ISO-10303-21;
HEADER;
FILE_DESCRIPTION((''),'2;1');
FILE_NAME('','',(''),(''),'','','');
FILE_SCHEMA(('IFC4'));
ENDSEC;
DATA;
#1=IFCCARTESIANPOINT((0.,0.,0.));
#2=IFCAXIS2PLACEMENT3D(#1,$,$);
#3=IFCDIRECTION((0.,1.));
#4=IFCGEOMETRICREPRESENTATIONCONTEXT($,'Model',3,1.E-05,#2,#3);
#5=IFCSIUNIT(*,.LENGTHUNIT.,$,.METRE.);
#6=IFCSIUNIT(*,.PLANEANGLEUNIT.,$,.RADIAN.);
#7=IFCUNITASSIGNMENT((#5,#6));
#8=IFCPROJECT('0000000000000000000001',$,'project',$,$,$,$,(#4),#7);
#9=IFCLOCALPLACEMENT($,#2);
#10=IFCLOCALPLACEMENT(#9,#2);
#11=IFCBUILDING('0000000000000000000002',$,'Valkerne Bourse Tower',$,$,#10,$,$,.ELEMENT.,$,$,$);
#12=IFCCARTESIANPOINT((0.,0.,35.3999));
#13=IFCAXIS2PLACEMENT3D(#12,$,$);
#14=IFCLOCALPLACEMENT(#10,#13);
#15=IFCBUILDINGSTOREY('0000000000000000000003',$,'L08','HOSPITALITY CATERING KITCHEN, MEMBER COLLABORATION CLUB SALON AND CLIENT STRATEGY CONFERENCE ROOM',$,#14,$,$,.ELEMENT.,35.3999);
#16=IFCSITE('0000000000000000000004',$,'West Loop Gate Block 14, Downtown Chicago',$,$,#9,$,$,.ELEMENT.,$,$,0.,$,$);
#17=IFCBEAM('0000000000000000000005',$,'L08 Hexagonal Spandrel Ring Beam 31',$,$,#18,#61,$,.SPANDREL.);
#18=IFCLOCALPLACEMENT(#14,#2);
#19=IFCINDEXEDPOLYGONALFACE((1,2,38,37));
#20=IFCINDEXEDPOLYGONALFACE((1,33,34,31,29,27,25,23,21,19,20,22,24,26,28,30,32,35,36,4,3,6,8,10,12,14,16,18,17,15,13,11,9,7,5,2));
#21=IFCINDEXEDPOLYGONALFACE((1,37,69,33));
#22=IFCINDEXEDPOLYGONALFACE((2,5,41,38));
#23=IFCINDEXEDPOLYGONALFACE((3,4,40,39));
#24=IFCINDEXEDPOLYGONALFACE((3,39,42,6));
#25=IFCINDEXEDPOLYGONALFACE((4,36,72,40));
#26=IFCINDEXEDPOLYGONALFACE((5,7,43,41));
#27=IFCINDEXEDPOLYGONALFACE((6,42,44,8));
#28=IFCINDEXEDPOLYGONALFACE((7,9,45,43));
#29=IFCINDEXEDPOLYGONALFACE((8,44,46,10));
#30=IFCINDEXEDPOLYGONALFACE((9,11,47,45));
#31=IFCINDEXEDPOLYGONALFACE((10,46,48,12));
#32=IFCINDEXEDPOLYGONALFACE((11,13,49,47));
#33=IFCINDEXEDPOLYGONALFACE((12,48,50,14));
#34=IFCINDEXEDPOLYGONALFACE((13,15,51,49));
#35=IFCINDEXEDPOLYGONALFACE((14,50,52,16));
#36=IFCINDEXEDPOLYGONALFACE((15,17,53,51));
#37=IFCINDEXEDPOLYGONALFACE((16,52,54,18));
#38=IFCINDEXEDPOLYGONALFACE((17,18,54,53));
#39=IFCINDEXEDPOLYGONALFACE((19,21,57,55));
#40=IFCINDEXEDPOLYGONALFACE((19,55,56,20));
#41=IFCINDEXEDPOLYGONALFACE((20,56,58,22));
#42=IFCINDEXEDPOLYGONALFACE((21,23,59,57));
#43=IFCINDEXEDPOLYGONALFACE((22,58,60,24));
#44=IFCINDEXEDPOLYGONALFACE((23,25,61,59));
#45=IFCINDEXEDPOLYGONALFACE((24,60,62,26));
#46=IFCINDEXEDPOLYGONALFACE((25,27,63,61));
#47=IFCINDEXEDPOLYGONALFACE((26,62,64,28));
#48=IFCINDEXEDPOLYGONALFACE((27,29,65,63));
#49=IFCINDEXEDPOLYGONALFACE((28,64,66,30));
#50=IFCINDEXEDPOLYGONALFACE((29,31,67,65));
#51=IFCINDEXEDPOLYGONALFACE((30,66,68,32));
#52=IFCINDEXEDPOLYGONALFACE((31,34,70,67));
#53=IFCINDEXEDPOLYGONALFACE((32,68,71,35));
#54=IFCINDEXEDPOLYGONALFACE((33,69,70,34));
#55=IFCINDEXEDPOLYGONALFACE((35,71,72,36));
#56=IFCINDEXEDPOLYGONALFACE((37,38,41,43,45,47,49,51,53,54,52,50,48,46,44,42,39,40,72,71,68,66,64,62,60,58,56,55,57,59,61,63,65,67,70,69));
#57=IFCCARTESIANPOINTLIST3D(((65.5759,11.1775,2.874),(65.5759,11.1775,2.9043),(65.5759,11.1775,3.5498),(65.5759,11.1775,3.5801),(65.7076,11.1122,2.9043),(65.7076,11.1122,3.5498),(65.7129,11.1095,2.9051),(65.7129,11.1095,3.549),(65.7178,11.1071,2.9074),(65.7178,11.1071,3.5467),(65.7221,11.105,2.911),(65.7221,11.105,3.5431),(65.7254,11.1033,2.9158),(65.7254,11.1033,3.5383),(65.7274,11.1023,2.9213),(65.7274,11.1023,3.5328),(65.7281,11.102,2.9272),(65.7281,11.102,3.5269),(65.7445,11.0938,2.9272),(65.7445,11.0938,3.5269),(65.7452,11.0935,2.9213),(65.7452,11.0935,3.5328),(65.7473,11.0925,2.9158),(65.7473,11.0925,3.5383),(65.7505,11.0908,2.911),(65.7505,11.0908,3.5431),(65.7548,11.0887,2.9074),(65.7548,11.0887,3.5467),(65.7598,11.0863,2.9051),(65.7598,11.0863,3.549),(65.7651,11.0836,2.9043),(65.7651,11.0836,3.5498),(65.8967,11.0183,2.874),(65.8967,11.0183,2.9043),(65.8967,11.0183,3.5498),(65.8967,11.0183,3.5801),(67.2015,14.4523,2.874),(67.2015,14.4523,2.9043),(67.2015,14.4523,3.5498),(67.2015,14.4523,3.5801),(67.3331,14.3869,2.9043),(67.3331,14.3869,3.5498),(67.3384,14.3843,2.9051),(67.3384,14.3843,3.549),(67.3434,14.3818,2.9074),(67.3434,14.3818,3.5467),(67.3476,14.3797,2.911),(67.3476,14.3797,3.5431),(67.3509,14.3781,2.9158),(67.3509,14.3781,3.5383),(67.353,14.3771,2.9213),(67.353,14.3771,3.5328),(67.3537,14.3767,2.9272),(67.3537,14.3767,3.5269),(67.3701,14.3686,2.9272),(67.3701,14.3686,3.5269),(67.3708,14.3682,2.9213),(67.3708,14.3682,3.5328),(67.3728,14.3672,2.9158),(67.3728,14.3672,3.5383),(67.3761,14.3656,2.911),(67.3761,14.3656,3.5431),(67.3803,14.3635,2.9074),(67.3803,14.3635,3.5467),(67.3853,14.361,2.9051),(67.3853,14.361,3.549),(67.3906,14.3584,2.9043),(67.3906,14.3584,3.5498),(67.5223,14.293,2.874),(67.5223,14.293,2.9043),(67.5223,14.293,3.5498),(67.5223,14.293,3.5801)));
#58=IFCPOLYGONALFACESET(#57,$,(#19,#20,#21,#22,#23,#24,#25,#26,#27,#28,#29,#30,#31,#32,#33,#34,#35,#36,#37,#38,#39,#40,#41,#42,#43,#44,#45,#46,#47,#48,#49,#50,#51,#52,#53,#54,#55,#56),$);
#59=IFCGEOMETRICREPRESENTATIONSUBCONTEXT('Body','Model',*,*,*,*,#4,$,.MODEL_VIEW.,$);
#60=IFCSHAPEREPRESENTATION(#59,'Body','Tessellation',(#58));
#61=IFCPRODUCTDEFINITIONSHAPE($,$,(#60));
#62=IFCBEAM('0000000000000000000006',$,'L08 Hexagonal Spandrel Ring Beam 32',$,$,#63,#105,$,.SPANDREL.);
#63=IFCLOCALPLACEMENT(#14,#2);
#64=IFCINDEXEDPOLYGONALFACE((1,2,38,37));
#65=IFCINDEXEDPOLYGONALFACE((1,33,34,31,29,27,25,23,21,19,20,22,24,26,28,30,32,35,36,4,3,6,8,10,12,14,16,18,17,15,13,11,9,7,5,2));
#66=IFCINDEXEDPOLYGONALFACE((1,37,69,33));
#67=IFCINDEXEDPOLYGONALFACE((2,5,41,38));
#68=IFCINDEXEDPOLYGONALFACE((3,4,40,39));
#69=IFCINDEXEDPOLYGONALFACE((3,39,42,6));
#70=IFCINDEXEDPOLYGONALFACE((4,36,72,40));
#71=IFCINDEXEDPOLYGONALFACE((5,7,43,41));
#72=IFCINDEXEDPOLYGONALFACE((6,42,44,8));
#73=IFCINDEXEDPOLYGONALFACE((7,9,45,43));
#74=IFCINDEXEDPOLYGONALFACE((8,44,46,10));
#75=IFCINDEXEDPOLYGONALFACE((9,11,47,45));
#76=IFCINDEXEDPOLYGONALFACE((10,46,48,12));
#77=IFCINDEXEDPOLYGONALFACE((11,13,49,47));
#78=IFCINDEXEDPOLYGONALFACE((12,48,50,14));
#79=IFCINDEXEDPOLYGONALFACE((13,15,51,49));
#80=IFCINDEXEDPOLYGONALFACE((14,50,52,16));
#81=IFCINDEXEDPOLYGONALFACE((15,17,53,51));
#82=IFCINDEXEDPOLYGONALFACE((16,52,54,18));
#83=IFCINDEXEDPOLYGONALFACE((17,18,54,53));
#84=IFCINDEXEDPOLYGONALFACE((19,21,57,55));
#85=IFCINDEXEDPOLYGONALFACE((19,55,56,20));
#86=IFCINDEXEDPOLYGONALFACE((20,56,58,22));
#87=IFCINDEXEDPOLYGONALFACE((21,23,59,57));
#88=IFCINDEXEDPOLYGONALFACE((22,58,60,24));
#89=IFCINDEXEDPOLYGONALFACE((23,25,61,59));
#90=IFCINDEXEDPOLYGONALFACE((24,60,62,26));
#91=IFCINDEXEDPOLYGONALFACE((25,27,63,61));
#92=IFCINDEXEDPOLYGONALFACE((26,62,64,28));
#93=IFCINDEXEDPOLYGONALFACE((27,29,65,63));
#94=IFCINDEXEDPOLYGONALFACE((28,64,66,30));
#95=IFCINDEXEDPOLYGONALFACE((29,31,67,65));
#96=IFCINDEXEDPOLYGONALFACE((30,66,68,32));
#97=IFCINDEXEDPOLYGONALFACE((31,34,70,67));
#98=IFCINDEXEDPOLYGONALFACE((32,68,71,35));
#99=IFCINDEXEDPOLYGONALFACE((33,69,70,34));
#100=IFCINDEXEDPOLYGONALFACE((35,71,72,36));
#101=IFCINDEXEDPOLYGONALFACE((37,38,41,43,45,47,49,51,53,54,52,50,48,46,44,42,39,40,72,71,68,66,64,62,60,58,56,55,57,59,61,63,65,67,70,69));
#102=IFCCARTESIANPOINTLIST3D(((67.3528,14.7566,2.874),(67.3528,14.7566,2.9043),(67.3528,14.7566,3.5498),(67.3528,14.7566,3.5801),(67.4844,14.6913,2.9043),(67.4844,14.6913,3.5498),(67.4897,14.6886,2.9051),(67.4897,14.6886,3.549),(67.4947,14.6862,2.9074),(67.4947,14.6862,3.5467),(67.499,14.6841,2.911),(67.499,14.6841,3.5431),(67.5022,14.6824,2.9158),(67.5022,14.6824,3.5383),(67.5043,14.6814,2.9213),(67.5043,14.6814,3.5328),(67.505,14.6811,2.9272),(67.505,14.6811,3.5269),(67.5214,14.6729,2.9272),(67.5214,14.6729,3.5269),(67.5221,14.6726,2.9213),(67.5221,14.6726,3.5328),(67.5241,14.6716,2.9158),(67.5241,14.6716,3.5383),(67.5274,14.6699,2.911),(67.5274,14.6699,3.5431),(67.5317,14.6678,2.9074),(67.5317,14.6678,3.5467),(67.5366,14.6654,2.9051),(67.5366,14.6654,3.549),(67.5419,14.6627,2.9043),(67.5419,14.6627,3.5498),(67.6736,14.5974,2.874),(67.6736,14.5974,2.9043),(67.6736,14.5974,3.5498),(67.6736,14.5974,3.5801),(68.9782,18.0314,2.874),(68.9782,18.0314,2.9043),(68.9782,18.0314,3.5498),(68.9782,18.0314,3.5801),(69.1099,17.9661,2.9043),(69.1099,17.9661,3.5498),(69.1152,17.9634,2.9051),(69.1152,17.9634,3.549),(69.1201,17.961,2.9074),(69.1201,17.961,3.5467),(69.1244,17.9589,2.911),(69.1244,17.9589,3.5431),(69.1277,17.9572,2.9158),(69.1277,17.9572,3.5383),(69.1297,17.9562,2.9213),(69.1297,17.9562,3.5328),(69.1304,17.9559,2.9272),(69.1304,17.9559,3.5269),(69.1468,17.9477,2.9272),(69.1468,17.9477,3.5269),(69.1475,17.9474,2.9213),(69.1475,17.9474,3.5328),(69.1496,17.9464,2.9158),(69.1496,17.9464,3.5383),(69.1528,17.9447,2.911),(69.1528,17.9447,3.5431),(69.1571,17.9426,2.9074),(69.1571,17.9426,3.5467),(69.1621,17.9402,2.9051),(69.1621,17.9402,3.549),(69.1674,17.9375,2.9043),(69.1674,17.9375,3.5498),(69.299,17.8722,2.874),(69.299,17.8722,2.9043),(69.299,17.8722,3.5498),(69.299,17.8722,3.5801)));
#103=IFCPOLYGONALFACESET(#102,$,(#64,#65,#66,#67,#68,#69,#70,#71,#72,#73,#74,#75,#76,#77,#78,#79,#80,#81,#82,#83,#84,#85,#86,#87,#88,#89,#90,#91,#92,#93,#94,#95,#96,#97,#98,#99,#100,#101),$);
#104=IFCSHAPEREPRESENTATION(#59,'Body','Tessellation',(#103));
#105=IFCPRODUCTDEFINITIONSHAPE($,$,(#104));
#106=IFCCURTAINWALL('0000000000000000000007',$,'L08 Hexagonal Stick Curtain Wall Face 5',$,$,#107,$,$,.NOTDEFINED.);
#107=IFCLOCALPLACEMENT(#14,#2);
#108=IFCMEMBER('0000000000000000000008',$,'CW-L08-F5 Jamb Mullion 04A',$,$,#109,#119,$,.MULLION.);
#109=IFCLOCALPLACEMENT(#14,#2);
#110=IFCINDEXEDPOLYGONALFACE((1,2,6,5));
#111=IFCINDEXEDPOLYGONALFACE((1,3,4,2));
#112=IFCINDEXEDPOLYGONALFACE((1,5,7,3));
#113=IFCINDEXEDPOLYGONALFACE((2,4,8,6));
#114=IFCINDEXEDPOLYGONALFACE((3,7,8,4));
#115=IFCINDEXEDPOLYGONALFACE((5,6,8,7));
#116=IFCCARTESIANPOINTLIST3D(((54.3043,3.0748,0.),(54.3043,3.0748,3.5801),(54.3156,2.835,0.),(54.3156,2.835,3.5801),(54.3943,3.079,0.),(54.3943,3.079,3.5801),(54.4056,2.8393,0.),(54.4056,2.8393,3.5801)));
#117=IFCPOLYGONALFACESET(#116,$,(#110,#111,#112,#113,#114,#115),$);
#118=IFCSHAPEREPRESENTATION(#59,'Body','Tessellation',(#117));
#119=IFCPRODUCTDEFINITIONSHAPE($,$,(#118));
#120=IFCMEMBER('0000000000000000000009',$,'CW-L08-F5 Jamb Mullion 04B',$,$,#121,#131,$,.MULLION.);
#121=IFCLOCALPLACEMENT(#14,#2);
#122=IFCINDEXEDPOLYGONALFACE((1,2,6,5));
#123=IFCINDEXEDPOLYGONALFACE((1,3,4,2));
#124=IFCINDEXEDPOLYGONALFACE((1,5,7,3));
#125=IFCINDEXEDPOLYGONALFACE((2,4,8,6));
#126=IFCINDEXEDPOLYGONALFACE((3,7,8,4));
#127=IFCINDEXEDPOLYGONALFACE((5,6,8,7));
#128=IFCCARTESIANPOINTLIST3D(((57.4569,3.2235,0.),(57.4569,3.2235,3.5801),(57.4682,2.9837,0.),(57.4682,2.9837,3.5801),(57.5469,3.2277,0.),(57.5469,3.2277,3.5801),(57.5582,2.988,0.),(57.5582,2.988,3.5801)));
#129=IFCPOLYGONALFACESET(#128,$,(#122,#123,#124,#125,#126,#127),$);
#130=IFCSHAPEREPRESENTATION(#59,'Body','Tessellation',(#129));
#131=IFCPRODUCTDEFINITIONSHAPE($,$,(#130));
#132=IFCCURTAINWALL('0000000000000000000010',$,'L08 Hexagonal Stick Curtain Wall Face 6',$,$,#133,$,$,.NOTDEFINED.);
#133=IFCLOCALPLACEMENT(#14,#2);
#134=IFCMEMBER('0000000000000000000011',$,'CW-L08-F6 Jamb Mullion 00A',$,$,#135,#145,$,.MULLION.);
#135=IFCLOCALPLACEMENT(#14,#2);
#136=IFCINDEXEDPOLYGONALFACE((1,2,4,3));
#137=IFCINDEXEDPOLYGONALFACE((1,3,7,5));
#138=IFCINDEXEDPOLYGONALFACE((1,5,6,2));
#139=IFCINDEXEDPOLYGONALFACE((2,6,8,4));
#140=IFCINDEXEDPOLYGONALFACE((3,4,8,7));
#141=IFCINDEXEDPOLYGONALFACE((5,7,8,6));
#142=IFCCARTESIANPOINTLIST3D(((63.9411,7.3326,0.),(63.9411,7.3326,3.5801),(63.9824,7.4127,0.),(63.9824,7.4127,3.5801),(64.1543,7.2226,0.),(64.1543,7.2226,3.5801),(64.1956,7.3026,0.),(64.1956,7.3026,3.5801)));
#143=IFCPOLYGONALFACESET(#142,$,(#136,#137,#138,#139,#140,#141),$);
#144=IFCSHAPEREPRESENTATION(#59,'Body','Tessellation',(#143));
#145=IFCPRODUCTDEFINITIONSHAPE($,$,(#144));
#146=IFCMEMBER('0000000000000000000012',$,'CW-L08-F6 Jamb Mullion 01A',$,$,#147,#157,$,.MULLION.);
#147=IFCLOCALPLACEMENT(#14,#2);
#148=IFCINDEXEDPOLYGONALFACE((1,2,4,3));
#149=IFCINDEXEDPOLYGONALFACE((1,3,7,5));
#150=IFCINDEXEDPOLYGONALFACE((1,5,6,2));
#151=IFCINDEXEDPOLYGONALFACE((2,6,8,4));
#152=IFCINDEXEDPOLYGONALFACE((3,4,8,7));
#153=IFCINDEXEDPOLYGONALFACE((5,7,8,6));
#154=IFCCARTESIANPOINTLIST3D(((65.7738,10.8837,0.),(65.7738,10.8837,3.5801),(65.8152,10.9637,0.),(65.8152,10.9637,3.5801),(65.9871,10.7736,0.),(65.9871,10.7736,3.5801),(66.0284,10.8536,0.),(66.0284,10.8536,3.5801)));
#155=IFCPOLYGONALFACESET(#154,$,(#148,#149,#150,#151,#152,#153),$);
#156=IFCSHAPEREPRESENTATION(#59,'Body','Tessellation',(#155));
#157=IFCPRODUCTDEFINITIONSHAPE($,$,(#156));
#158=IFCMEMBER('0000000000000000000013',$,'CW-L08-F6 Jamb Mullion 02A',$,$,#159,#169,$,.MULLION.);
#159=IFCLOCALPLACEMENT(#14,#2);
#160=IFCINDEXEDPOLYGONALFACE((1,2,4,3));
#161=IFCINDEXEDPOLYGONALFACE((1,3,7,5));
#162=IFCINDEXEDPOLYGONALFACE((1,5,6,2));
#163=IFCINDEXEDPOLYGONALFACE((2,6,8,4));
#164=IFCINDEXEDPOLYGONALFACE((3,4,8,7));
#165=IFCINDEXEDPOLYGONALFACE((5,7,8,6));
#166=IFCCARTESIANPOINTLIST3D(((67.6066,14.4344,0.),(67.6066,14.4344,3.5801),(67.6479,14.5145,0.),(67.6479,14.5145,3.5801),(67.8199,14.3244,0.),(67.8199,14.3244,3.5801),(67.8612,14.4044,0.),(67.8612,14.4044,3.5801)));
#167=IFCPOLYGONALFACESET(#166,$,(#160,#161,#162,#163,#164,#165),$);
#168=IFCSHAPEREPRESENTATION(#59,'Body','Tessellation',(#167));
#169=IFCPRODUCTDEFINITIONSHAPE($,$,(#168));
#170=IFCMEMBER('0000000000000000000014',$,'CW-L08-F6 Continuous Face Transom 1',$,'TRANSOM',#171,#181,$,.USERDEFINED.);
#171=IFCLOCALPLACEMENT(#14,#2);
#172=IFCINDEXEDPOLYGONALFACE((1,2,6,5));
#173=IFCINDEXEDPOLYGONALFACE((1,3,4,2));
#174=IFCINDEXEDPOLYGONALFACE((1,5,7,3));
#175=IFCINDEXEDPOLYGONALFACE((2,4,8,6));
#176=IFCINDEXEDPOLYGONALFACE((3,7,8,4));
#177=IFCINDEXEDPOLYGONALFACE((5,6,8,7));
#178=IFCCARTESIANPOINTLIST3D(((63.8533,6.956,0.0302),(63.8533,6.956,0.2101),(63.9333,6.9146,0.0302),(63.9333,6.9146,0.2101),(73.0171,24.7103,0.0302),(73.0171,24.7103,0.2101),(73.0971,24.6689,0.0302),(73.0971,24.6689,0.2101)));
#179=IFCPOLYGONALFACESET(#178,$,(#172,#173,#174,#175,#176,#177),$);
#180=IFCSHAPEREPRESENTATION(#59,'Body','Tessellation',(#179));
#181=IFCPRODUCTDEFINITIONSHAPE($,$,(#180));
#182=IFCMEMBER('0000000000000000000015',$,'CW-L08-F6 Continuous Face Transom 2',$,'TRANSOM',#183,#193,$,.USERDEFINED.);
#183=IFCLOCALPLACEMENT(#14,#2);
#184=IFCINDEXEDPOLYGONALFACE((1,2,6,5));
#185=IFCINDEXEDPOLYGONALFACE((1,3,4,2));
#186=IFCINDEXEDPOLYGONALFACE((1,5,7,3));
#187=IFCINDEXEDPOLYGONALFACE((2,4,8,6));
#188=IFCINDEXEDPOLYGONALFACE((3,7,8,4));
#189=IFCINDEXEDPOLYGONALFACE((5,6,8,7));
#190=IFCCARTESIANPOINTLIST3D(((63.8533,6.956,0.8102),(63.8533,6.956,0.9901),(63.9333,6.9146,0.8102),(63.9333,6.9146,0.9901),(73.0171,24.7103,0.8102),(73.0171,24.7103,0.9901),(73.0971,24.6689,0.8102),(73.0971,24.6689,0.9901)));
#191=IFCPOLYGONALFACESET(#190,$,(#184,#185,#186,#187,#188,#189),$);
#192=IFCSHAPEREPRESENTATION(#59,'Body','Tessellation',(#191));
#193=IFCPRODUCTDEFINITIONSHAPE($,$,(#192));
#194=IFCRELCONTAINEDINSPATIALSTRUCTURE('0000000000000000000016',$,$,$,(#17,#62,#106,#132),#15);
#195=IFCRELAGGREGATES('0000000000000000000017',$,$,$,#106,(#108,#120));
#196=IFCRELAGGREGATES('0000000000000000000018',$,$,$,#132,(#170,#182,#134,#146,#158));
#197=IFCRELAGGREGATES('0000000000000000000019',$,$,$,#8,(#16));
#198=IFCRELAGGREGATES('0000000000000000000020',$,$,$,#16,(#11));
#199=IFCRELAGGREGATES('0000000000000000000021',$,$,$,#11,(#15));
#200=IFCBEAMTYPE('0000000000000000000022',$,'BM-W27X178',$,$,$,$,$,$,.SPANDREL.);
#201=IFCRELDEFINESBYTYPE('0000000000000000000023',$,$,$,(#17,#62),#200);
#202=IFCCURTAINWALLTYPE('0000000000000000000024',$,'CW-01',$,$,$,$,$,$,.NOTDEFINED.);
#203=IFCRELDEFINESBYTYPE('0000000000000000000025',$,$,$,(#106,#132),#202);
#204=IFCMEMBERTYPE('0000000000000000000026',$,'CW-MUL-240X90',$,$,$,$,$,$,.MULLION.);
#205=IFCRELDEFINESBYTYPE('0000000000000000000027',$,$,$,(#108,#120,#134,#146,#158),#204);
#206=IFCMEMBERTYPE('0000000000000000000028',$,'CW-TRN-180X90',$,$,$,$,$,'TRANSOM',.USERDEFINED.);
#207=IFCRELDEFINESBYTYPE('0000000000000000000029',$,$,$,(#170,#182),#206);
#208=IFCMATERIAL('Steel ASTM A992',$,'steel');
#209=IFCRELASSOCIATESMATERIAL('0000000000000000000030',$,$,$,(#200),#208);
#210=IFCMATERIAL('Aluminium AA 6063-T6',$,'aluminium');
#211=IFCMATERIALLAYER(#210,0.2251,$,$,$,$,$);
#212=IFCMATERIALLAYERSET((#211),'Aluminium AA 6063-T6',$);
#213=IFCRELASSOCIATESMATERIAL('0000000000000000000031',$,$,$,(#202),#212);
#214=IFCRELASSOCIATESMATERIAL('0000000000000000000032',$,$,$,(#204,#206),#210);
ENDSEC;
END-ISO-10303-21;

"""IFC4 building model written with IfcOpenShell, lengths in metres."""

from ifc_helpers import new_model, si_unit, direction, frame, origin, origin_2d, place, context, subcontext, project, spatial, rectangle, i_section, extrude, material, layer, layer_set, material_profile, profile_set, type_object, element, aggregate, save


model = new_model("IFC4")

# Units and contexts
model_context = context("Model", 3, precision=1e-05, world=origin(), true_north=direction((0.0, 1.0)))
body_context = subcontext(model_context, "Body", "Model", "MODEL_VIEW")
ifc_project = project(units=[si_unit("LENGTHUNIT", "METRE"), si_unit("PLANEANGLEUNIT", "RADIAN")], contexts=[model_context])

# Site, building, storey
site_placement = place(None, origin())
site = spatial("IfcSite", under=ifc_project, at=site_placement, Name="West Loop Gate Block 14, Downtown Chicago", CompositionType="ELEMENT", RefElevation=0.0)
building_placement = place(site_placement, origin())
building = spatial("IfcBuilding", under=site, at=building_placement, Name="Valkerne Bourse Tower", CompositionType="ELEMENT")
storey_placement = place(building_placement, frame((0.0, 0.0, 35.3999)))
storey = spatial("IfcBuildingStorey", under=building, at=storey_placement, Name="L08", Description="HOSPITALITY CATERING KITCHEN, MEMBER COLLABORATION CLUB SALON AND CLIENT STRATEGY CONFERENCE ROOM", CompositionType="ELEMENT", Elevation=35.3999)

# Beams
ifc_material_1 = material(Name="Steel ASTM A992", Category="steel")
ifc_material_profile_1 = material_profile(ifc_material_1, i_section(OverallWidth=0.3582, OverallDepth=0.7061, WebThickness=0.0183, FlangeThickness=0.0303, FilletRadius=0.0229, at=origin_2d()), Name="W27X178")
ifc_profile_set_1 = profile_set([ifc_material_profile_1], Name="Steel ASTM A992")
beam_type = type_object("IfcBeamType", Name="BM-W27X178", PredefinedType="SPANDREL", material=ifc_profile_set_1)
for number, where, z_axis, x_axis, name in (
    (1, (65.7363, 11.0979, 3.2271), (0.444621, 0.895719, 0.0), (-0.895719, 0.444621, 0.0), "L08 Hexagonal Spandrel Ring Beam 31"),
    (2, (67.5132, 14.677, 3.2271), (0.444594, 0.895732, 0.0), (-0.895732, 0.444594, 0.0), "L08 Hexagonal Spandrel Ring Beam 32"),
):
    element("IfcBeam", number, at=place(storey_placement, frame(where, z_axis=z_axis, x_axis=x_axis)), inside=storey, type_object=beam_type, Name=name, PredefinedType="SPANDREL", context=body_context, shape_type="SweptSolid", body=[
        extrude(i_section(OverallWidth=0.3582, OverallDepth=0.7061, WebThickness=0.0183, FlangeThickness=0.0303, FilletRadius=0.0229, at=origin_2d()), origin(), (0.0, 0.0, 1.0), 3.656),
    ])

# Curtain walls, members
ifc_material_2 = material(Name="Aluminium AA 6063-T6", Category="aluminium")
ifc_layer_1 = layer(ifc_material_2, 0.2251)
ifc_layer_set_1 = layer_set([ifc_layer_1], Name="Aluminium AA 6063-T6")
curtain_wall_type = type_object("IfcCurtainWallType", Name="CW-01", PredefinedType="NOTDEFINED", material=ifc_layer_set_1)
curtain_wall_1_placement = place(storey_placement, origin())
curtain_wall_1 = element("IfcCurtainWall", 3, at=curtain_wall_1_placement, inside=storey, type_object=curtain_wall_type, Name="L08 Hexagonal Stick Curtain Wall Face 5", PredefinedType="NOTDEFINED")
ifc_material_profile_2 = material_profile(ifc_material_2, rectangle(XDim=0.0901, YDim=0.24, at=origin_2d()), Name="CWM-90X240")
ifc_profile_set_2 = profile_set([ifc_material_profile_2], Name="Aluminium AA 6063-T6")
member_type_1 = type_object("IfcMemberType", Name="CW-MUL-240X90", PredefinedType="MULLION", material=ifc_profile_set_2)
member_1_placement = place(storey_placement, frame((54.355, 2.957, 0.0), z_axis=(0.0, 0.0, 1.0), x_axis=(0.998889, 0.047122, 0.0)))
member_1 = element("IfcMember", 4, at=member_1_placement, type_object=member_type_1, Name="CW-L08-F5 Jamb Mullion 04A", PredefinedType="MULLION", context=body_context, shape_type="SweptSolid", body=[
    extrude(rectangle(XDim=0.0901, YDim=0.24, at=origin_2d()), origin(), (0.0, 0.0, 1.0), 3.5801),
])
member_2_placement = place(storey_placement, frame((57.5076, 3.1057, 0.0), z_axis=(0.0, 0.0, 1.0), x_axis=(0.998889, 0.047122, 0.0)))
member_2 = element("IfcMember", 5, at=member_2_placement, type_object=member_type_1, Name="CW-L08-F5 Jamb Mullion 04B", PredefinedType="MULLION", context=body_context, shape_type="SweptSolid", body=[
    extrude(rectangle(XDim=0.0901, YDim=0.24, at=origin_2d()), origin(), (0.0, 0.0, 1.0), 3.5801),
])
curtain_wall_2_placement = place(storey_placement, origin())
curtain_wall_2 = element("IfcCurtainWall", 6, at=curtain_wall_2_placement, inside=storey, type_object=curtain_wall_type, Name="L08 Hexagonal Stick Curtain Wall Face 6", PredefinedType="NOTDEFINED")
member_3_placement = place(storey_placement, frame((64.0684, 7.3176, 0.0), z_axis=(0.0, 0.0, 1.0), x_axis=(0.458658, 0.888613, 0.0)))
member_3 = element("IfcMember", 7, at=member_3_placement, type_object=member_type_1, Name="CW-L08-F6 Jamb Mullion 00A", PredefinedType="MULLION", context=body_context, shape_type="SweptSolid", body=[
    extrude(rectangle(XDim=0.0901, YDim=0.24, at=origin_2d()), origin(), (0.0, 0.0, 1.0), 3.5801),
])
member_4_placement = place(storey_placement, frame((65.9011, 10.8687, 0.0), z_axis=(0.0, 0.0, 1.0), x_axis=(0.458638, 0.888623, 0.0)))
member_4 = element("IfcMember", 8, at=member_4_placement, type_object=member_type_1, Name="CW-L08-F6 Jamb Mullion 01A", PredefinedType="MULLION", context=body_context, shape_type="SweptSolid", body=[
    extrude(rectangle(XDim=0.0901, YDim=0.24, at=origin_2d()), origin(), (0.0, 0.0, 1.0), 3.5801),
])
member_5_placement = place(storey_placement, frame((67.7339, 14.4194, 0.0), z_axis=(0.0, 0.0, 1.0), x_axis=(0.458658, 0.888613, 0.0)))
member_5 = element("IfcMember", 9, at=member_5_placement, type_object=member_type_1, Name="CW-L08-F6 Jamb Mullion 02A", PredefinedType="MULLION", context=body_context, shape_type="SweptSolid", body=[
    extrude(rectangle(XDim=0.0901, YDim=0.24, at=origin_2d()), origin(), (0.0, 0.0, 1.0), 3.5801),
])
ifc_material_profile_3 = material_profile(ifc_material_2, rectangle(XDim=0.0901, YDim=0.1799, at=origin_2d()), Name="CWT-90X180")
ifc_profile_set_3 = profile_set([ifc_material_profile_3], Name="Aluminium AA 6063-T6")
member_type_2 = type_object("IfcMemberType", Name="CW-TRN-180X90", ElementType="TRANSOM", PredefinedType="USERDEFINED", material=ifc_profile_set_3)
member_6_placement = place(storey_placement, frame((63.8933, 6.9353, 0.1201), z_axis=(0.458653, 0.888615, 0.0), x_axis=(-0.888615, 0.458653, 0.0)))
member_6 = element("IfcMember", 10, at=member_6_placement, type_object=member_type_2, Name="CW-L08-F6 Continuous Face Transom 1", ObjectType="TRANSOM", PredefinedType="USERDEFINED", context=body_context, shape_type="SweptSolid", body=[
    extrude(rectangle(XDim=0.0901, YDim=0.1799, at=origin_2d()), origin(), (0.0, 0.0, 1.0), 19.9797),
])
member_7_placement = place(storey_placement, frame((63.8933, 6.9353, 0.9001), z_axis=(0.458653, 0.888615, 0.0), x_axis=(-0.888615, 0.458653, 0.0)))
member_7 = element("IfcMember", 11, at=member_7_placement, type_object=member_type_2, Name="CW-L08-F6 Continuous Face Transom 2", ObjectType="TRANSOM", PredefinedType="USERDEFINED", context=body_context, shape_type="SweptSolid", body=[
    extrude(rectangle(XDim=0.0901, YDim=0.1799, at=origin_2d()), origin(), (0.0, 0.0, 1.0), 19.9797),
])

aggregate(curtain_wall_1, [member_1, member_2])
aggregate(curtain_wall_2, [member_6, member_7, member_3, member_4, member_5])

save(model, "model.ifc")
